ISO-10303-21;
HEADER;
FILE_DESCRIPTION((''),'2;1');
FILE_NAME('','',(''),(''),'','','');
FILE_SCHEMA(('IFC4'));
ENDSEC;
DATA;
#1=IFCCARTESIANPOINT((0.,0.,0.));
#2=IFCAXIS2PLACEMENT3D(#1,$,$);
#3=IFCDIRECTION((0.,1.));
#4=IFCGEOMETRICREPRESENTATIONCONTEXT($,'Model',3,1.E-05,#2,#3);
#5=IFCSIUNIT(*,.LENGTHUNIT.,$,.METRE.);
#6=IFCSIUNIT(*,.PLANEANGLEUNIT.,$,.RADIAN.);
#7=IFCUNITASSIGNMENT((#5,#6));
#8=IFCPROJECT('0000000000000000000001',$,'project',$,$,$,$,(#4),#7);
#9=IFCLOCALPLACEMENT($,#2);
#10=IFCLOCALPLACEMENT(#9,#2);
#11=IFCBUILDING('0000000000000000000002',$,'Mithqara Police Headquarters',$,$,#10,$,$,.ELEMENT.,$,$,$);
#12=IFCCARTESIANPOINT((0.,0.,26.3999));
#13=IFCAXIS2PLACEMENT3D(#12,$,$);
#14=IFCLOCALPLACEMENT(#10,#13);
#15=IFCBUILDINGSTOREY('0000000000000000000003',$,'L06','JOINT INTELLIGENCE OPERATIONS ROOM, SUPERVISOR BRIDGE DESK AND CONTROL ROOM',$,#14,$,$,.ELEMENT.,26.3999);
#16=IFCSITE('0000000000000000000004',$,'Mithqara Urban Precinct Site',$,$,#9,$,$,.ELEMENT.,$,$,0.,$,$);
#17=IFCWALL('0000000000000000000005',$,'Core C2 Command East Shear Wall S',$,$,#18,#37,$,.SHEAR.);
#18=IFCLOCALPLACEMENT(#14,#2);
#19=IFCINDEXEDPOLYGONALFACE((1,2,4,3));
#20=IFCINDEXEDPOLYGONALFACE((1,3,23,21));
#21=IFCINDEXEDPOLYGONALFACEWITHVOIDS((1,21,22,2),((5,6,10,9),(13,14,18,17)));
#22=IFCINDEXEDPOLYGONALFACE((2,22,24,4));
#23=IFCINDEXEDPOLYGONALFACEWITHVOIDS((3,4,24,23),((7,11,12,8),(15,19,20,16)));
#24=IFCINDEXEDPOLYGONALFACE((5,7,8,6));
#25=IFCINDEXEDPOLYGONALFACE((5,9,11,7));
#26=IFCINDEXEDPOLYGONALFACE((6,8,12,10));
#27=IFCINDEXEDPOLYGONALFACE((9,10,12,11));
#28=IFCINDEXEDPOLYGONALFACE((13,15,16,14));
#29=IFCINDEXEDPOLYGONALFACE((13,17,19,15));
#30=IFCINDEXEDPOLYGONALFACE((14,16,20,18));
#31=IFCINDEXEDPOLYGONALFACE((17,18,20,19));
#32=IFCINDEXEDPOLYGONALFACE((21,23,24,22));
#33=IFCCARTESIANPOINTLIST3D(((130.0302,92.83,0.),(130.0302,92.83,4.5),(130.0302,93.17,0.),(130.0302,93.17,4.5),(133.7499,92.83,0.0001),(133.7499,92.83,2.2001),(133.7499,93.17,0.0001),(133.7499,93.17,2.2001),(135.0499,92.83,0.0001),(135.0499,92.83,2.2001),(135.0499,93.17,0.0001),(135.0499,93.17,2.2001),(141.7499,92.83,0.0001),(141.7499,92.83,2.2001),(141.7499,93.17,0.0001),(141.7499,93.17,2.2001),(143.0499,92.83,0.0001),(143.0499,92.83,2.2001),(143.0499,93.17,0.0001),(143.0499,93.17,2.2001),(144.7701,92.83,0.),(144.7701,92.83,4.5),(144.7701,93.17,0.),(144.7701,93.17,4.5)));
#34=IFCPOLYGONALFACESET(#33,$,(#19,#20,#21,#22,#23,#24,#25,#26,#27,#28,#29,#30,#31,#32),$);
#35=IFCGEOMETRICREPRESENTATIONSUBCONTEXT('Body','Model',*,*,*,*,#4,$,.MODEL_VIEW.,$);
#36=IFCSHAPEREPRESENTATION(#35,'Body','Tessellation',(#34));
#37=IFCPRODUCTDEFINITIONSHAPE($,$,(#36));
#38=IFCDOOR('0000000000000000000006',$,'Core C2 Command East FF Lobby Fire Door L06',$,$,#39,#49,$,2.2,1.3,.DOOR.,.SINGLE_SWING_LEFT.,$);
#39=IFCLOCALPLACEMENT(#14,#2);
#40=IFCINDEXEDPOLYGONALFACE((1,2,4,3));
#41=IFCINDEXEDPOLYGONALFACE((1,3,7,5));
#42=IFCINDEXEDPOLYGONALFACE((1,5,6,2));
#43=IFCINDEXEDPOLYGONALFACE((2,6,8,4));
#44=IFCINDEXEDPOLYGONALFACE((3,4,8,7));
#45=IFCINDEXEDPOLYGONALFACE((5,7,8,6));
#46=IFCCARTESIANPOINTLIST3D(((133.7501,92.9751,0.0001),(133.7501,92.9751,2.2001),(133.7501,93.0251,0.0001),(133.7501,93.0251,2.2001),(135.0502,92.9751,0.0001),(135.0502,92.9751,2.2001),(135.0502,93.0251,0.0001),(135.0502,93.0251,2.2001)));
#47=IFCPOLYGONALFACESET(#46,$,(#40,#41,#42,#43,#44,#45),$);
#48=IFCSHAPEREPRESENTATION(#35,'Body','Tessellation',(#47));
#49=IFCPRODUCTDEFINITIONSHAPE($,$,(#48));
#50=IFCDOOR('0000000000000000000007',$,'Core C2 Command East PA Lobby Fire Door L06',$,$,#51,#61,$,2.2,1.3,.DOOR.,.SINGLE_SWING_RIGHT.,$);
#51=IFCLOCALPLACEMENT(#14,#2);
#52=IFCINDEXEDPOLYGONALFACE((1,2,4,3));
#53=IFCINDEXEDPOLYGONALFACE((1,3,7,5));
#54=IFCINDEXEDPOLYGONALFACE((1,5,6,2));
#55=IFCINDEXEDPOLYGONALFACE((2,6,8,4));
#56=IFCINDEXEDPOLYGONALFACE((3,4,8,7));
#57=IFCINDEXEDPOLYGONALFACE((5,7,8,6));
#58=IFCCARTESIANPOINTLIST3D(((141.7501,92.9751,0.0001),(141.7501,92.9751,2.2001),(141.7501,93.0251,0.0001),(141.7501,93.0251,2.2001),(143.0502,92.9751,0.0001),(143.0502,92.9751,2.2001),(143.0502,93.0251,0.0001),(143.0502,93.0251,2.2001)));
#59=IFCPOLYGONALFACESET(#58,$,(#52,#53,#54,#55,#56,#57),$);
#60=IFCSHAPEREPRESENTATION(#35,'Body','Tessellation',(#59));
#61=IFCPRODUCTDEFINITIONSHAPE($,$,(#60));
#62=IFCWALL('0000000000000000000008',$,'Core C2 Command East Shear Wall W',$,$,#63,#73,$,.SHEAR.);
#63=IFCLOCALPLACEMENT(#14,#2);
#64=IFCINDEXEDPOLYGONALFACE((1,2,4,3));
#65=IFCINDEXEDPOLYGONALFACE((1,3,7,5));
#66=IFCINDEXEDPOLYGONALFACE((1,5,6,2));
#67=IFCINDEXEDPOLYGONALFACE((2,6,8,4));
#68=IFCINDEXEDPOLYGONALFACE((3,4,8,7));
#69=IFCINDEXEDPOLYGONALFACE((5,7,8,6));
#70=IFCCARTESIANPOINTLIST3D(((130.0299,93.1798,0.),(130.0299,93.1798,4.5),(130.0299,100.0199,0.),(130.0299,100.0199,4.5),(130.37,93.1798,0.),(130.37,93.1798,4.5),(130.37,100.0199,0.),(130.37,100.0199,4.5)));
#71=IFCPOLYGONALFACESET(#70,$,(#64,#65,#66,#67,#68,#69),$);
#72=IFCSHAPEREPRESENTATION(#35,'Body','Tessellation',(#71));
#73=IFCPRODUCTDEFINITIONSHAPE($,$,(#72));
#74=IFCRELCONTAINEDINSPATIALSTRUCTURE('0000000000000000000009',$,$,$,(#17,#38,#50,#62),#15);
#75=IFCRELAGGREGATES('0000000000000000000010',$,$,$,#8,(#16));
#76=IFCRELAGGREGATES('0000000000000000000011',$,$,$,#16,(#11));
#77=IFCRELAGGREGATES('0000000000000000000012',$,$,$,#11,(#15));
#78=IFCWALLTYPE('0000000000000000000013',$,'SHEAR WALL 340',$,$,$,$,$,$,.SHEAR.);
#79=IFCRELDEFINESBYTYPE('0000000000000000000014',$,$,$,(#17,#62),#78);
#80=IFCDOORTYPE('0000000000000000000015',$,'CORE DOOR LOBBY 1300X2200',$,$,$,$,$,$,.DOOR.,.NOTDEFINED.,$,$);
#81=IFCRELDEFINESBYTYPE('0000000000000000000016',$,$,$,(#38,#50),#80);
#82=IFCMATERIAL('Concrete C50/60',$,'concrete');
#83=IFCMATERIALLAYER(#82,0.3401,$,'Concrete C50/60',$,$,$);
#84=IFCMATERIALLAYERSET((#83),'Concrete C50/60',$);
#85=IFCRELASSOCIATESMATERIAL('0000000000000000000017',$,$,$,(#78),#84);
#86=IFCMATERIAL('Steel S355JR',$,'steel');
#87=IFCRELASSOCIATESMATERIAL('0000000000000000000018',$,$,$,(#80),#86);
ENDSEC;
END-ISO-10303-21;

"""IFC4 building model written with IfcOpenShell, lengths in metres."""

from ifc_helpers import new_model, si_unit, direction, frame, frame_2d, origin, place, context, subcontext, project, spatial, rectangle, extrude, material, layer, layer_set, type_object, element, fill, save


model = new_model("IFC4")

# Units and contexts
model_context = context("Model", 3, precision=1e-05, world=origin(), true_north=direction((0.0, 1.0)))
body_context = subcontext(model_context, "Body", "Model", "MODEL_VIEW")
ifc_project = project(units=[si_unit("LENGTHUNIT", "METRE"), si_unit("PLANEANGLEUNIT", "RADIAN")], contexts=[model_context])

# Site, building, storey
site_placement = place(None, origin())
site = spatial("IfcSite", under=ifc_project, at=site_placement, Name="Mithqara Urban Precinct Site", CompositionType="ELEMENT", RefElevation=0.0)
building_placement = place(site_placement, origin())
building = spatial("IfcBuilding", under=site, at=building_placement, Name="Mithqara Police Headquarters", CompositionType="ELEMENT")
storey_placement = place(building_placement, frame((0.0, 0.0, 26.3999)))
storey = spatial("IfcBuildingStorey", under=building, at=storey_placement, Name="L06", Description="JOINT INTELLIGENCE OPERATIONS ROOM, SUPERVISOR BRIDGE DESK AND CONTROL ROOM", CompositionType="ELEMENT", Elevation=26.3999)

# Shared definitions
ifc_material_1 = material(Name="Concrete C50/60", Category="concrete")

# Shared definitions
ifc_material_2 = material(Name="Steel S355JR", Category="steel")

# Wall, openings, doors
ifc_layer_1 = layer(ifc_material_1, 0.3401, Name="Concrete C50/60")
ifc_layer_set_1 = layer_set([ifc_layer_1], Name="Concrete C50/60")
wall_type_1 = type_object("IfcWallType", Name="SHEAR WALL 340", PredefinedType="SHEAR", material=ifc_layer_set_1)
wall_1_placement = place(storey_placement, frame((130.03, 93.0, 0.0), z_axis=(0.0, 0.0, 1.0), x_axis=(1.0, 0.0, 0.0)))
wall_1 = element("IfcWall", 1, at=wall_1_placement, inside=storey, type_object=wall_type_1, Name="Core C2 Command East Shear Wall S", PredefinedType="SHEAR", context=body_context, shape_type="SweptSolid", body=[
    extrude(rectangle(XDim=14.74, YDim=0.3401, at=frame_2d((7.3701, 0.0))), origin(), (0.0, 0.0, 1.0), 4.5),
])
opening_1_placement = place(wall_1_placement, frame((3.72, 0.0, 0.0)))
opening_1 = element("IfcOpeningElement", 2, at=opening_1_placement, cuts=wall_1, PredefinedType="OPENING", context=body_context, shape_type="SweptSolid", body=[
    extrude(rectangle(XDim=1.3, YDim=2.2, at=frame_2d((0.6499, 1.1001))), frame((0.0, 0.1802, 0.0), z_axis=(0.0, -1.0, 0.0), x_axis=(1.0, 0.0, 0.0)), (0.0, 0.0, 1.0), 0.3601),
])
opening_2_placement = place(wall_1_placement, frame((11.72, 0.0, 0.0)))
opening_2 = element("IfcOpeningElement", 3, at=opening_2_placement, cuts=wall_1, PredefinedType="OPENING", context=body_context, shape_type="SweptSolid", body=[
    extrude(rectangle(XDim=1.3, YDim=2.2, at=frame_2d((0.6499, 1.1001))), frame((0.0, 0.1802, 0.0), z_axis=(0.0, -1.0, 0.0), x_axis=(1.0, 0.0, 0.0)), (0.0, 0.0, 1.0), 0.3601),
])
door_type_1 = type_object("IfcDoorType", Name="CORE DOOR LOBBY 1300X2200", OperationType="NOTDEFINED", PredefinedType="DOOR", material=ifc_material_2)
door_1_placement = place(opening_1_placement, frame((1.3, 0.0, 0.0), z_axis=(0.0, 0.0, 1.0), x_axis=(-1.0, 0.0, 0.0)))
door_1 = element("IfcDoor", 4, at=door_1_placement, inside=storey, type_object=door_type_1, Name="Core C2 Command East FF Lobby Fire Door L06", OperationType="SINGLE_SWING_LEFT", OverallHeight=2.2, OverallWidth=1.3, PredefinedType="DOOR", context=body_context, shape_type="SweptSolid", body=[
    extrude(rectangle(XDim=1.3, YDim=2.2, at=frame_2d((0.6499, 1.1001))), frame((0.0, 0.0249, 0.0), z_axis=(0.0, -1.0, 0.0), x_axis=(1.0, 0.0, 0.0)), (0.0, 0.0, 1.0), 0.05),
])
fill(opening_1, door_1)
door_2_placement = place(opening_2_placement, frame((1.3, 0.0, 0.0), z_axis=(0.0, 0.0, 1.0), x_axis=(-1.0, 0.0, 0.0)))
door_2 = element("IfcDoor", 5, at=door_2_placement, inside=storey, type_object=door_type_1, Name="Core C2 Command East PA Lobby Fire Door L06", OperationType="SINGLE_SWING_RIGHT", OverallHeight=2.2, OverallWidth=1.3, PredefinedType="DOOR", context=body_context, shape_type="SweptSolid", body=[
    extrude(rectangle(XDim=1.3, YDim=2.2, at=frame_2d((0.6499, 1.1001))), frame((0.0, 0.0249, 0.0), z_axis=(0.0, -1.0, 0.0), x_axis=(1.0, 0.0, 0.0)), (0.0, 0.0, 1.0), 0.05),
])
fill(opening_2, door_2)

# Wall
wall_2_placement = place(storey_placement, frame((130.2, 93.1799, 0.0), z_axis=(0.0, 0.0, 1.0), x_axis=(0.0, 1.0, 0.0)))
element("IfcWall", 6, at=wall_2_placement, inside=storey, type_object=wall_type_1, Name="Core C2 Command East Shear Wall W", PredefinedType="SHEAR", context=body_context, shape_type="SweptSolid", body=[
    extrude(rectangle(XDim=6.8401, YDim=0.3401, at=frame_2d((3.4199, 0.0))), origin(), (0.0, 0.0, 1.0), 4.5),
])

save(model, "model.ifc")
